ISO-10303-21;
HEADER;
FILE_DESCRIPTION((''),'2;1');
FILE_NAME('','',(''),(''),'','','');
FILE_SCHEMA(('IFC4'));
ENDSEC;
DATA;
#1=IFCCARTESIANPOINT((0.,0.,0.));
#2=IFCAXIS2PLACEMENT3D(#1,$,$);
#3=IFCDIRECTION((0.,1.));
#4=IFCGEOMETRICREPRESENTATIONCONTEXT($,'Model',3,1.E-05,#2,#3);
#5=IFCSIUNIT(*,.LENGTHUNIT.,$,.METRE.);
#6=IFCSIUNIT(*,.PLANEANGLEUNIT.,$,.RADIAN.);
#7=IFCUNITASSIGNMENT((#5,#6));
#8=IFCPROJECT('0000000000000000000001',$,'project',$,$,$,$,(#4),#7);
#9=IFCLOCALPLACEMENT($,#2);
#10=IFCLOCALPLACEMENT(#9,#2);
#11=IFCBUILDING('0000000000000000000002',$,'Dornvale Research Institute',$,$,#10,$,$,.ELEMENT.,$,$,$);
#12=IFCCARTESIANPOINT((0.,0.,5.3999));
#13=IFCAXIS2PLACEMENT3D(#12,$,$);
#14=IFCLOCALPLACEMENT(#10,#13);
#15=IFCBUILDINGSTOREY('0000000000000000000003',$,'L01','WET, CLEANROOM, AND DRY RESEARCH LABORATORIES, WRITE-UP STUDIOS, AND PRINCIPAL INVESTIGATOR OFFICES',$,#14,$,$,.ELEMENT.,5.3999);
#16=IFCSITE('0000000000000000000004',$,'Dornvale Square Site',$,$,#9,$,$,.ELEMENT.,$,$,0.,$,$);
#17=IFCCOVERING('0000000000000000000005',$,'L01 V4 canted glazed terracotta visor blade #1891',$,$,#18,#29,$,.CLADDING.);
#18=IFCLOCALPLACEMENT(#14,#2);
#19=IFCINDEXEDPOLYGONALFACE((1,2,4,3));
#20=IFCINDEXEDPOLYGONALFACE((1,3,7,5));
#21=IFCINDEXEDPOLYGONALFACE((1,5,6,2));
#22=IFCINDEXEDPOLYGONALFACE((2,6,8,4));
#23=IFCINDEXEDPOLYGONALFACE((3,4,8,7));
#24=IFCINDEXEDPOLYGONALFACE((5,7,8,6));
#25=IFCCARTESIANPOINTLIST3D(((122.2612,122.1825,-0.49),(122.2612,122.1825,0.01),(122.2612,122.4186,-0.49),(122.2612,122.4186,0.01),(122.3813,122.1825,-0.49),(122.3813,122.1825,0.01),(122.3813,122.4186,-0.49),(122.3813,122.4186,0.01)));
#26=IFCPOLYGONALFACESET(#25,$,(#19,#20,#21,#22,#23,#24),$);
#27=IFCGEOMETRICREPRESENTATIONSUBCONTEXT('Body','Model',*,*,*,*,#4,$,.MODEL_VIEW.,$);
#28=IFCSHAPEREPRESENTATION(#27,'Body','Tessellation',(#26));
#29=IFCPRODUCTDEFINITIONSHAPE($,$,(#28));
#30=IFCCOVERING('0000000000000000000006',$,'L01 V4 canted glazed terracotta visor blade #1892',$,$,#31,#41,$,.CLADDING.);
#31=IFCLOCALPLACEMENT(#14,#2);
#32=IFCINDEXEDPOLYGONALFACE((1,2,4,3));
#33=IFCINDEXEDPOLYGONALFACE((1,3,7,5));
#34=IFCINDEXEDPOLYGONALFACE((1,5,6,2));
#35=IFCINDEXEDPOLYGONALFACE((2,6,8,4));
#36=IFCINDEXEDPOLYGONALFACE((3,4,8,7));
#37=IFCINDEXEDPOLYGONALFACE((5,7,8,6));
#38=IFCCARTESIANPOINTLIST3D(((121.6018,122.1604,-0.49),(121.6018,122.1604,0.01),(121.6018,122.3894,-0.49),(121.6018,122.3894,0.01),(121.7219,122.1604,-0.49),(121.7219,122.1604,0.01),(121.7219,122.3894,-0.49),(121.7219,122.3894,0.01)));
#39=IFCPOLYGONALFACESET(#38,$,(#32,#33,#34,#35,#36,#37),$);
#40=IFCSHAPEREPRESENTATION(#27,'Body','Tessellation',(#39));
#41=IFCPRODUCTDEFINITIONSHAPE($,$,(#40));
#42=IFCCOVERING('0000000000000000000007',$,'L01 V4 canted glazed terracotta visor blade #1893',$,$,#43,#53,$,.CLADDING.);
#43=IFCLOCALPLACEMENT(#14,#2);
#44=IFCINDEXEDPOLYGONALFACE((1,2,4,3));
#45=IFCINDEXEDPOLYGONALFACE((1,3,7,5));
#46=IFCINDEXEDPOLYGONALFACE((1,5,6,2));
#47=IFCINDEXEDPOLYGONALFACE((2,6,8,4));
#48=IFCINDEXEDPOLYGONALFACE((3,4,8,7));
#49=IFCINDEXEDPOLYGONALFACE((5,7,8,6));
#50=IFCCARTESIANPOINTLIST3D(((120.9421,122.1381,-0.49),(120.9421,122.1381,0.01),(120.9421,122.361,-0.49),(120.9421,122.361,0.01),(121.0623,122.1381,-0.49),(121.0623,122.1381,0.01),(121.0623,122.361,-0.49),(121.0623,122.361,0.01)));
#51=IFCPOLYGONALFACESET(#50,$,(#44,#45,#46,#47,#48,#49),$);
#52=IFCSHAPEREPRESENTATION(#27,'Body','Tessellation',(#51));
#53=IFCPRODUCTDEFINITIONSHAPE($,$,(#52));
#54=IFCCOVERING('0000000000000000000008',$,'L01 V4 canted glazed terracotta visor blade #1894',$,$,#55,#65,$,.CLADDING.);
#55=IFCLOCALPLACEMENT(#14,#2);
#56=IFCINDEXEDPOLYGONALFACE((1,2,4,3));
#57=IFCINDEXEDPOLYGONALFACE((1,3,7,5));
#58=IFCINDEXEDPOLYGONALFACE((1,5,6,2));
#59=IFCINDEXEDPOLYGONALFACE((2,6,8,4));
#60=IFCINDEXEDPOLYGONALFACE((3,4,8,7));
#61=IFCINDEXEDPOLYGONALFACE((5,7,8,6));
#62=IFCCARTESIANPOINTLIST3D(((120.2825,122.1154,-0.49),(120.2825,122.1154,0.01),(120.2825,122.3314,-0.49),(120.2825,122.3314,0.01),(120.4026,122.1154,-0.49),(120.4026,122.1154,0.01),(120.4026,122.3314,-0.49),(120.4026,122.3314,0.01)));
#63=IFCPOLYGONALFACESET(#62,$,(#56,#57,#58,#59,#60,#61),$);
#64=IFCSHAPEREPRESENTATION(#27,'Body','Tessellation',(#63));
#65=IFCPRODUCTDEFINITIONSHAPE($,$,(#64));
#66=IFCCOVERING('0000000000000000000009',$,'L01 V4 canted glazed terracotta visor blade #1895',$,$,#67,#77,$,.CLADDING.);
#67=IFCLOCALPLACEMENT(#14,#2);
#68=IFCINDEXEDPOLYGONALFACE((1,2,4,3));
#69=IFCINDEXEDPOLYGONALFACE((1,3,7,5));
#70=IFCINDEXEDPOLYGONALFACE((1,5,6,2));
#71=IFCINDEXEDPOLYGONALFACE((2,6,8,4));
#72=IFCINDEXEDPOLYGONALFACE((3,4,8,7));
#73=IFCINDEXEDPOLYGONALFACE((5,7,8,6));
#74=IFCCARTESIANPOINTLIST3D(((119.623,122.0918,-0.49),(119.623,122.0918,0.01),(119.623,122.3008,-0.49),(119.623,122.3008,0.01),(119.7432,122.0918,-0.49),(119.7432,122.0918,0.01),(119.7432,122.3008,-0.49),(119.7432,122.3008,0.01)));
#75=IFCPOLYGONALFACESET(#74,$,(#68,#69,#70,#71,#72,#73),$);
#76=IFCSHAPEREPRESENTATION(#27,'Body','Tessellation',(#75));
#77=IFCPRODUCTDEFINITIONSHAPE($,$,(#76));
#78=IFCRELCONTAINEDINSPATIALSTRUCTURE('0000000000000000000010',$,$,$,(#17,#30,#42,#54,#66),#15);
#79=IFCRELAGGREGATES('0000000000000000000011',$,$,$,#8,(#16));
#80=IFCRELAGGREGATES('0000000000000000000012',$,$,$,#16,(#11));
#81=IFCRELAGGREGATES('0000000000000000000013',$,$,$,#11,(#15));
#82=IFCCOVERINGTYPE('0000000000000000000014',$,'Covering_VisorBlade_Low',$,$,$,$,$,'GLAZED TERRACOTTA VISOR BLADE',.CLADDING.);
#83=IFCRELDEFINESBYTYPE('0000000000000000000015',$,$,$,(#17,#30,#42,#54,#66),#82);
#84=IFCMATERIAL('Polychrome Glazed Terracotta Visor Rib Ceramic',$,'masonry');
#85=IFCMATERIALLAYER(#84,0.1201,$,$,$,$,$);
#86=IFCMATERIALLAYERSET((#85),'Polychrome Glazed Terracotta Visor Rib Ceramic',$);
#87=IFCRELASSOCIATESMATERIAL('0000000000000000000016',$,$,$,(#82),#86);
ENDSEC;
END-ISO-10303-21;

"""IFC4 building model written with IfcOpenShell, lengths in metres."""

from ifc_helpers import new_model, si_unit, direction, frame, origin, origin_2d, place, context, subcontext, project, spatial, rectangle, extrude, material, layer, layer_set, type_object, element, save


model = new_model("IFC4")

# Units and contexts
model_context = context("Model", 3, precision=1e-05, world=origin(), true_north=direction((0.0, 1.0)))
body_context = subcontext(model_context, "Body", "Model", "MODEL_VIEW")
ifc_project = project(units=[si_unit("LENGTHUNIT", "METRE"), si_unit("PLANEANGLEUNIT", "RADIAN")], contexts=[model_context])

# Site, building, storey
site_placement = place(None, origin())
site = spatial("IfcSite", under=ifc_project, at=site_placement, Name="Dornvale Square Site", CompositionType="ELEMENT", RefElevation=0.0)
building_placement = place(site_placement, origin())
building = spatial("IfcBuilding", under=site, at=building_placement, Name="Dornvale Research Institute", CompositionType="ELEMENT")
storey_placement = place(building_placement, frame((0.0, 0.0, 5.3999)))
storey = spatial("IfcBuildingStorey", under=building, at=storey_placement, Name="L01", Description="WET, CLEANROOM, AND DRY RESEARCH LABORATORIES, WRITE-UP STUDIOS, AND PRINCIPAL INVESTIGATOR OFFICES", CompositionType="ELEMENT", Elevation=5.3999)

# Coverings
ifc_material_1 = material(Name="Polychrome Glazed Terracotta Visor Rib Ceramic", Category="masonry")
ifc_layer_1 = layer(ifc_material_1, 0.1201)
ifc_layer_set_1 = layer_set([ifc_layer_1], Name="Polychrome Glazed Terracotta Visor Rib Ceramic")
covering_type = type_object("IfcCoveringType", Name="Covering_VisorBlade_Low", ElementType="GLAZED TERRACOTTA VISOR BLADE", PredefinedType="CLADDING", material=ifc_layer_set_1)
covering_1_placement = place(storey_placement, frame((122.3213, 122.3005, -0.49), z_axis=(0.0, 0.0, 1.0), x_axis=(0.0, 1.0, 0.0)))
element("IfcCovering", 1, at=covering_1_placement, inside=storey, type_object=covering_type, Name="L01 V4 canted glazed terracotta visor blade #1891", PredefinedType="CLADDING", context=body_context, shape_type="SweptSolid", body=[
    extrude(rectangle(XDim=0.2361, YDim=0.1201, at=origin_2d()), origin(), (0.0, 0.0, 1.0), 0.5),
])
covering_2_placement = place(storey_placement, frame((121.6619, 122.2749, -0.49), z_axis=(0.0, 0.0, 1.0), x_axis=(0.0, 1.0, 0.0)))
element("IfcCovering", 2, at=covering_2_placement, inside=storey, type_object=covering_type, Name="L01 V4 canted glazed terracotta visor blade #1892", PredefinedType="CLADDING", context=body_context, shape_type="SweptSolid", body=[
    extrude(rectangle(XDim=0.229, YDim=0.1201, at=origin_2d()), origin(), (0.0, 0.0, 1.0), 0.5),
])
covering_3_placement = place(storey_placement, frame((121.0022, 122.2495, -0.49), z_axis=(0.0, 0.0, 1.0), x_axis=(0.0, 1.0, 0.0)))
element("IfcCovering", 3, at=covering_3_placement, inside=storey, type_object=covering_type, Name="L01 V4 canted glazed terracotta visor blade #1893", PredefinedType="CLADDING", context=body_context, shape_type="SweptSolid", body=[
    extrude(rectangle(XDim=0.2229, YDim=0.1201, at=origin_2d()), origin(), (0.0, 0.0, 1.0), 0.5),
])
covering_4_placement = place(storey_placement, frame((120.3425, 122.2234, -0.49), z_axis=(0.0, 0.0, 1.0), x_axis=(0.0, 1.0, 0.0)))
element("IfcCovering", 4, at=covering_4_placement, inside=storey, type_object=covering_type, Name="L01 V4 canted glazed terracotta visor blade #1894", PredefinedType="CLADDING", context=body_context, shape_type="SweptSolid", body=[
    extrude(rectangle(XDim=0.2161, YDim=0.1201, at=origin_2d()), origin(), (0.0, 0.0, 1.0), 0.5),
])
covering_5_placement = place(storey_placement, frame((119.6831, 122.1963, -0.49), z_axis=(0.0, 0.0, 1.0), x_axis=(0.0, 1.0, 0.0)))
element("IfcCovering", 5, at=covering_5_placement, inside=storey, type_object=covering_type, Name="L01 V4 canted glazed terracotta visor blade #1895", PredefinedType="CLADDING", context=body_context, shape_type="SweptSolid", body=[
    extrude(rectangle(XDim=0.209, YDim=0.1201, at=origin_2d()), origin(), (0.0, 0.0, 1.0), 0.5),
])

save(model, "model.ifc")
